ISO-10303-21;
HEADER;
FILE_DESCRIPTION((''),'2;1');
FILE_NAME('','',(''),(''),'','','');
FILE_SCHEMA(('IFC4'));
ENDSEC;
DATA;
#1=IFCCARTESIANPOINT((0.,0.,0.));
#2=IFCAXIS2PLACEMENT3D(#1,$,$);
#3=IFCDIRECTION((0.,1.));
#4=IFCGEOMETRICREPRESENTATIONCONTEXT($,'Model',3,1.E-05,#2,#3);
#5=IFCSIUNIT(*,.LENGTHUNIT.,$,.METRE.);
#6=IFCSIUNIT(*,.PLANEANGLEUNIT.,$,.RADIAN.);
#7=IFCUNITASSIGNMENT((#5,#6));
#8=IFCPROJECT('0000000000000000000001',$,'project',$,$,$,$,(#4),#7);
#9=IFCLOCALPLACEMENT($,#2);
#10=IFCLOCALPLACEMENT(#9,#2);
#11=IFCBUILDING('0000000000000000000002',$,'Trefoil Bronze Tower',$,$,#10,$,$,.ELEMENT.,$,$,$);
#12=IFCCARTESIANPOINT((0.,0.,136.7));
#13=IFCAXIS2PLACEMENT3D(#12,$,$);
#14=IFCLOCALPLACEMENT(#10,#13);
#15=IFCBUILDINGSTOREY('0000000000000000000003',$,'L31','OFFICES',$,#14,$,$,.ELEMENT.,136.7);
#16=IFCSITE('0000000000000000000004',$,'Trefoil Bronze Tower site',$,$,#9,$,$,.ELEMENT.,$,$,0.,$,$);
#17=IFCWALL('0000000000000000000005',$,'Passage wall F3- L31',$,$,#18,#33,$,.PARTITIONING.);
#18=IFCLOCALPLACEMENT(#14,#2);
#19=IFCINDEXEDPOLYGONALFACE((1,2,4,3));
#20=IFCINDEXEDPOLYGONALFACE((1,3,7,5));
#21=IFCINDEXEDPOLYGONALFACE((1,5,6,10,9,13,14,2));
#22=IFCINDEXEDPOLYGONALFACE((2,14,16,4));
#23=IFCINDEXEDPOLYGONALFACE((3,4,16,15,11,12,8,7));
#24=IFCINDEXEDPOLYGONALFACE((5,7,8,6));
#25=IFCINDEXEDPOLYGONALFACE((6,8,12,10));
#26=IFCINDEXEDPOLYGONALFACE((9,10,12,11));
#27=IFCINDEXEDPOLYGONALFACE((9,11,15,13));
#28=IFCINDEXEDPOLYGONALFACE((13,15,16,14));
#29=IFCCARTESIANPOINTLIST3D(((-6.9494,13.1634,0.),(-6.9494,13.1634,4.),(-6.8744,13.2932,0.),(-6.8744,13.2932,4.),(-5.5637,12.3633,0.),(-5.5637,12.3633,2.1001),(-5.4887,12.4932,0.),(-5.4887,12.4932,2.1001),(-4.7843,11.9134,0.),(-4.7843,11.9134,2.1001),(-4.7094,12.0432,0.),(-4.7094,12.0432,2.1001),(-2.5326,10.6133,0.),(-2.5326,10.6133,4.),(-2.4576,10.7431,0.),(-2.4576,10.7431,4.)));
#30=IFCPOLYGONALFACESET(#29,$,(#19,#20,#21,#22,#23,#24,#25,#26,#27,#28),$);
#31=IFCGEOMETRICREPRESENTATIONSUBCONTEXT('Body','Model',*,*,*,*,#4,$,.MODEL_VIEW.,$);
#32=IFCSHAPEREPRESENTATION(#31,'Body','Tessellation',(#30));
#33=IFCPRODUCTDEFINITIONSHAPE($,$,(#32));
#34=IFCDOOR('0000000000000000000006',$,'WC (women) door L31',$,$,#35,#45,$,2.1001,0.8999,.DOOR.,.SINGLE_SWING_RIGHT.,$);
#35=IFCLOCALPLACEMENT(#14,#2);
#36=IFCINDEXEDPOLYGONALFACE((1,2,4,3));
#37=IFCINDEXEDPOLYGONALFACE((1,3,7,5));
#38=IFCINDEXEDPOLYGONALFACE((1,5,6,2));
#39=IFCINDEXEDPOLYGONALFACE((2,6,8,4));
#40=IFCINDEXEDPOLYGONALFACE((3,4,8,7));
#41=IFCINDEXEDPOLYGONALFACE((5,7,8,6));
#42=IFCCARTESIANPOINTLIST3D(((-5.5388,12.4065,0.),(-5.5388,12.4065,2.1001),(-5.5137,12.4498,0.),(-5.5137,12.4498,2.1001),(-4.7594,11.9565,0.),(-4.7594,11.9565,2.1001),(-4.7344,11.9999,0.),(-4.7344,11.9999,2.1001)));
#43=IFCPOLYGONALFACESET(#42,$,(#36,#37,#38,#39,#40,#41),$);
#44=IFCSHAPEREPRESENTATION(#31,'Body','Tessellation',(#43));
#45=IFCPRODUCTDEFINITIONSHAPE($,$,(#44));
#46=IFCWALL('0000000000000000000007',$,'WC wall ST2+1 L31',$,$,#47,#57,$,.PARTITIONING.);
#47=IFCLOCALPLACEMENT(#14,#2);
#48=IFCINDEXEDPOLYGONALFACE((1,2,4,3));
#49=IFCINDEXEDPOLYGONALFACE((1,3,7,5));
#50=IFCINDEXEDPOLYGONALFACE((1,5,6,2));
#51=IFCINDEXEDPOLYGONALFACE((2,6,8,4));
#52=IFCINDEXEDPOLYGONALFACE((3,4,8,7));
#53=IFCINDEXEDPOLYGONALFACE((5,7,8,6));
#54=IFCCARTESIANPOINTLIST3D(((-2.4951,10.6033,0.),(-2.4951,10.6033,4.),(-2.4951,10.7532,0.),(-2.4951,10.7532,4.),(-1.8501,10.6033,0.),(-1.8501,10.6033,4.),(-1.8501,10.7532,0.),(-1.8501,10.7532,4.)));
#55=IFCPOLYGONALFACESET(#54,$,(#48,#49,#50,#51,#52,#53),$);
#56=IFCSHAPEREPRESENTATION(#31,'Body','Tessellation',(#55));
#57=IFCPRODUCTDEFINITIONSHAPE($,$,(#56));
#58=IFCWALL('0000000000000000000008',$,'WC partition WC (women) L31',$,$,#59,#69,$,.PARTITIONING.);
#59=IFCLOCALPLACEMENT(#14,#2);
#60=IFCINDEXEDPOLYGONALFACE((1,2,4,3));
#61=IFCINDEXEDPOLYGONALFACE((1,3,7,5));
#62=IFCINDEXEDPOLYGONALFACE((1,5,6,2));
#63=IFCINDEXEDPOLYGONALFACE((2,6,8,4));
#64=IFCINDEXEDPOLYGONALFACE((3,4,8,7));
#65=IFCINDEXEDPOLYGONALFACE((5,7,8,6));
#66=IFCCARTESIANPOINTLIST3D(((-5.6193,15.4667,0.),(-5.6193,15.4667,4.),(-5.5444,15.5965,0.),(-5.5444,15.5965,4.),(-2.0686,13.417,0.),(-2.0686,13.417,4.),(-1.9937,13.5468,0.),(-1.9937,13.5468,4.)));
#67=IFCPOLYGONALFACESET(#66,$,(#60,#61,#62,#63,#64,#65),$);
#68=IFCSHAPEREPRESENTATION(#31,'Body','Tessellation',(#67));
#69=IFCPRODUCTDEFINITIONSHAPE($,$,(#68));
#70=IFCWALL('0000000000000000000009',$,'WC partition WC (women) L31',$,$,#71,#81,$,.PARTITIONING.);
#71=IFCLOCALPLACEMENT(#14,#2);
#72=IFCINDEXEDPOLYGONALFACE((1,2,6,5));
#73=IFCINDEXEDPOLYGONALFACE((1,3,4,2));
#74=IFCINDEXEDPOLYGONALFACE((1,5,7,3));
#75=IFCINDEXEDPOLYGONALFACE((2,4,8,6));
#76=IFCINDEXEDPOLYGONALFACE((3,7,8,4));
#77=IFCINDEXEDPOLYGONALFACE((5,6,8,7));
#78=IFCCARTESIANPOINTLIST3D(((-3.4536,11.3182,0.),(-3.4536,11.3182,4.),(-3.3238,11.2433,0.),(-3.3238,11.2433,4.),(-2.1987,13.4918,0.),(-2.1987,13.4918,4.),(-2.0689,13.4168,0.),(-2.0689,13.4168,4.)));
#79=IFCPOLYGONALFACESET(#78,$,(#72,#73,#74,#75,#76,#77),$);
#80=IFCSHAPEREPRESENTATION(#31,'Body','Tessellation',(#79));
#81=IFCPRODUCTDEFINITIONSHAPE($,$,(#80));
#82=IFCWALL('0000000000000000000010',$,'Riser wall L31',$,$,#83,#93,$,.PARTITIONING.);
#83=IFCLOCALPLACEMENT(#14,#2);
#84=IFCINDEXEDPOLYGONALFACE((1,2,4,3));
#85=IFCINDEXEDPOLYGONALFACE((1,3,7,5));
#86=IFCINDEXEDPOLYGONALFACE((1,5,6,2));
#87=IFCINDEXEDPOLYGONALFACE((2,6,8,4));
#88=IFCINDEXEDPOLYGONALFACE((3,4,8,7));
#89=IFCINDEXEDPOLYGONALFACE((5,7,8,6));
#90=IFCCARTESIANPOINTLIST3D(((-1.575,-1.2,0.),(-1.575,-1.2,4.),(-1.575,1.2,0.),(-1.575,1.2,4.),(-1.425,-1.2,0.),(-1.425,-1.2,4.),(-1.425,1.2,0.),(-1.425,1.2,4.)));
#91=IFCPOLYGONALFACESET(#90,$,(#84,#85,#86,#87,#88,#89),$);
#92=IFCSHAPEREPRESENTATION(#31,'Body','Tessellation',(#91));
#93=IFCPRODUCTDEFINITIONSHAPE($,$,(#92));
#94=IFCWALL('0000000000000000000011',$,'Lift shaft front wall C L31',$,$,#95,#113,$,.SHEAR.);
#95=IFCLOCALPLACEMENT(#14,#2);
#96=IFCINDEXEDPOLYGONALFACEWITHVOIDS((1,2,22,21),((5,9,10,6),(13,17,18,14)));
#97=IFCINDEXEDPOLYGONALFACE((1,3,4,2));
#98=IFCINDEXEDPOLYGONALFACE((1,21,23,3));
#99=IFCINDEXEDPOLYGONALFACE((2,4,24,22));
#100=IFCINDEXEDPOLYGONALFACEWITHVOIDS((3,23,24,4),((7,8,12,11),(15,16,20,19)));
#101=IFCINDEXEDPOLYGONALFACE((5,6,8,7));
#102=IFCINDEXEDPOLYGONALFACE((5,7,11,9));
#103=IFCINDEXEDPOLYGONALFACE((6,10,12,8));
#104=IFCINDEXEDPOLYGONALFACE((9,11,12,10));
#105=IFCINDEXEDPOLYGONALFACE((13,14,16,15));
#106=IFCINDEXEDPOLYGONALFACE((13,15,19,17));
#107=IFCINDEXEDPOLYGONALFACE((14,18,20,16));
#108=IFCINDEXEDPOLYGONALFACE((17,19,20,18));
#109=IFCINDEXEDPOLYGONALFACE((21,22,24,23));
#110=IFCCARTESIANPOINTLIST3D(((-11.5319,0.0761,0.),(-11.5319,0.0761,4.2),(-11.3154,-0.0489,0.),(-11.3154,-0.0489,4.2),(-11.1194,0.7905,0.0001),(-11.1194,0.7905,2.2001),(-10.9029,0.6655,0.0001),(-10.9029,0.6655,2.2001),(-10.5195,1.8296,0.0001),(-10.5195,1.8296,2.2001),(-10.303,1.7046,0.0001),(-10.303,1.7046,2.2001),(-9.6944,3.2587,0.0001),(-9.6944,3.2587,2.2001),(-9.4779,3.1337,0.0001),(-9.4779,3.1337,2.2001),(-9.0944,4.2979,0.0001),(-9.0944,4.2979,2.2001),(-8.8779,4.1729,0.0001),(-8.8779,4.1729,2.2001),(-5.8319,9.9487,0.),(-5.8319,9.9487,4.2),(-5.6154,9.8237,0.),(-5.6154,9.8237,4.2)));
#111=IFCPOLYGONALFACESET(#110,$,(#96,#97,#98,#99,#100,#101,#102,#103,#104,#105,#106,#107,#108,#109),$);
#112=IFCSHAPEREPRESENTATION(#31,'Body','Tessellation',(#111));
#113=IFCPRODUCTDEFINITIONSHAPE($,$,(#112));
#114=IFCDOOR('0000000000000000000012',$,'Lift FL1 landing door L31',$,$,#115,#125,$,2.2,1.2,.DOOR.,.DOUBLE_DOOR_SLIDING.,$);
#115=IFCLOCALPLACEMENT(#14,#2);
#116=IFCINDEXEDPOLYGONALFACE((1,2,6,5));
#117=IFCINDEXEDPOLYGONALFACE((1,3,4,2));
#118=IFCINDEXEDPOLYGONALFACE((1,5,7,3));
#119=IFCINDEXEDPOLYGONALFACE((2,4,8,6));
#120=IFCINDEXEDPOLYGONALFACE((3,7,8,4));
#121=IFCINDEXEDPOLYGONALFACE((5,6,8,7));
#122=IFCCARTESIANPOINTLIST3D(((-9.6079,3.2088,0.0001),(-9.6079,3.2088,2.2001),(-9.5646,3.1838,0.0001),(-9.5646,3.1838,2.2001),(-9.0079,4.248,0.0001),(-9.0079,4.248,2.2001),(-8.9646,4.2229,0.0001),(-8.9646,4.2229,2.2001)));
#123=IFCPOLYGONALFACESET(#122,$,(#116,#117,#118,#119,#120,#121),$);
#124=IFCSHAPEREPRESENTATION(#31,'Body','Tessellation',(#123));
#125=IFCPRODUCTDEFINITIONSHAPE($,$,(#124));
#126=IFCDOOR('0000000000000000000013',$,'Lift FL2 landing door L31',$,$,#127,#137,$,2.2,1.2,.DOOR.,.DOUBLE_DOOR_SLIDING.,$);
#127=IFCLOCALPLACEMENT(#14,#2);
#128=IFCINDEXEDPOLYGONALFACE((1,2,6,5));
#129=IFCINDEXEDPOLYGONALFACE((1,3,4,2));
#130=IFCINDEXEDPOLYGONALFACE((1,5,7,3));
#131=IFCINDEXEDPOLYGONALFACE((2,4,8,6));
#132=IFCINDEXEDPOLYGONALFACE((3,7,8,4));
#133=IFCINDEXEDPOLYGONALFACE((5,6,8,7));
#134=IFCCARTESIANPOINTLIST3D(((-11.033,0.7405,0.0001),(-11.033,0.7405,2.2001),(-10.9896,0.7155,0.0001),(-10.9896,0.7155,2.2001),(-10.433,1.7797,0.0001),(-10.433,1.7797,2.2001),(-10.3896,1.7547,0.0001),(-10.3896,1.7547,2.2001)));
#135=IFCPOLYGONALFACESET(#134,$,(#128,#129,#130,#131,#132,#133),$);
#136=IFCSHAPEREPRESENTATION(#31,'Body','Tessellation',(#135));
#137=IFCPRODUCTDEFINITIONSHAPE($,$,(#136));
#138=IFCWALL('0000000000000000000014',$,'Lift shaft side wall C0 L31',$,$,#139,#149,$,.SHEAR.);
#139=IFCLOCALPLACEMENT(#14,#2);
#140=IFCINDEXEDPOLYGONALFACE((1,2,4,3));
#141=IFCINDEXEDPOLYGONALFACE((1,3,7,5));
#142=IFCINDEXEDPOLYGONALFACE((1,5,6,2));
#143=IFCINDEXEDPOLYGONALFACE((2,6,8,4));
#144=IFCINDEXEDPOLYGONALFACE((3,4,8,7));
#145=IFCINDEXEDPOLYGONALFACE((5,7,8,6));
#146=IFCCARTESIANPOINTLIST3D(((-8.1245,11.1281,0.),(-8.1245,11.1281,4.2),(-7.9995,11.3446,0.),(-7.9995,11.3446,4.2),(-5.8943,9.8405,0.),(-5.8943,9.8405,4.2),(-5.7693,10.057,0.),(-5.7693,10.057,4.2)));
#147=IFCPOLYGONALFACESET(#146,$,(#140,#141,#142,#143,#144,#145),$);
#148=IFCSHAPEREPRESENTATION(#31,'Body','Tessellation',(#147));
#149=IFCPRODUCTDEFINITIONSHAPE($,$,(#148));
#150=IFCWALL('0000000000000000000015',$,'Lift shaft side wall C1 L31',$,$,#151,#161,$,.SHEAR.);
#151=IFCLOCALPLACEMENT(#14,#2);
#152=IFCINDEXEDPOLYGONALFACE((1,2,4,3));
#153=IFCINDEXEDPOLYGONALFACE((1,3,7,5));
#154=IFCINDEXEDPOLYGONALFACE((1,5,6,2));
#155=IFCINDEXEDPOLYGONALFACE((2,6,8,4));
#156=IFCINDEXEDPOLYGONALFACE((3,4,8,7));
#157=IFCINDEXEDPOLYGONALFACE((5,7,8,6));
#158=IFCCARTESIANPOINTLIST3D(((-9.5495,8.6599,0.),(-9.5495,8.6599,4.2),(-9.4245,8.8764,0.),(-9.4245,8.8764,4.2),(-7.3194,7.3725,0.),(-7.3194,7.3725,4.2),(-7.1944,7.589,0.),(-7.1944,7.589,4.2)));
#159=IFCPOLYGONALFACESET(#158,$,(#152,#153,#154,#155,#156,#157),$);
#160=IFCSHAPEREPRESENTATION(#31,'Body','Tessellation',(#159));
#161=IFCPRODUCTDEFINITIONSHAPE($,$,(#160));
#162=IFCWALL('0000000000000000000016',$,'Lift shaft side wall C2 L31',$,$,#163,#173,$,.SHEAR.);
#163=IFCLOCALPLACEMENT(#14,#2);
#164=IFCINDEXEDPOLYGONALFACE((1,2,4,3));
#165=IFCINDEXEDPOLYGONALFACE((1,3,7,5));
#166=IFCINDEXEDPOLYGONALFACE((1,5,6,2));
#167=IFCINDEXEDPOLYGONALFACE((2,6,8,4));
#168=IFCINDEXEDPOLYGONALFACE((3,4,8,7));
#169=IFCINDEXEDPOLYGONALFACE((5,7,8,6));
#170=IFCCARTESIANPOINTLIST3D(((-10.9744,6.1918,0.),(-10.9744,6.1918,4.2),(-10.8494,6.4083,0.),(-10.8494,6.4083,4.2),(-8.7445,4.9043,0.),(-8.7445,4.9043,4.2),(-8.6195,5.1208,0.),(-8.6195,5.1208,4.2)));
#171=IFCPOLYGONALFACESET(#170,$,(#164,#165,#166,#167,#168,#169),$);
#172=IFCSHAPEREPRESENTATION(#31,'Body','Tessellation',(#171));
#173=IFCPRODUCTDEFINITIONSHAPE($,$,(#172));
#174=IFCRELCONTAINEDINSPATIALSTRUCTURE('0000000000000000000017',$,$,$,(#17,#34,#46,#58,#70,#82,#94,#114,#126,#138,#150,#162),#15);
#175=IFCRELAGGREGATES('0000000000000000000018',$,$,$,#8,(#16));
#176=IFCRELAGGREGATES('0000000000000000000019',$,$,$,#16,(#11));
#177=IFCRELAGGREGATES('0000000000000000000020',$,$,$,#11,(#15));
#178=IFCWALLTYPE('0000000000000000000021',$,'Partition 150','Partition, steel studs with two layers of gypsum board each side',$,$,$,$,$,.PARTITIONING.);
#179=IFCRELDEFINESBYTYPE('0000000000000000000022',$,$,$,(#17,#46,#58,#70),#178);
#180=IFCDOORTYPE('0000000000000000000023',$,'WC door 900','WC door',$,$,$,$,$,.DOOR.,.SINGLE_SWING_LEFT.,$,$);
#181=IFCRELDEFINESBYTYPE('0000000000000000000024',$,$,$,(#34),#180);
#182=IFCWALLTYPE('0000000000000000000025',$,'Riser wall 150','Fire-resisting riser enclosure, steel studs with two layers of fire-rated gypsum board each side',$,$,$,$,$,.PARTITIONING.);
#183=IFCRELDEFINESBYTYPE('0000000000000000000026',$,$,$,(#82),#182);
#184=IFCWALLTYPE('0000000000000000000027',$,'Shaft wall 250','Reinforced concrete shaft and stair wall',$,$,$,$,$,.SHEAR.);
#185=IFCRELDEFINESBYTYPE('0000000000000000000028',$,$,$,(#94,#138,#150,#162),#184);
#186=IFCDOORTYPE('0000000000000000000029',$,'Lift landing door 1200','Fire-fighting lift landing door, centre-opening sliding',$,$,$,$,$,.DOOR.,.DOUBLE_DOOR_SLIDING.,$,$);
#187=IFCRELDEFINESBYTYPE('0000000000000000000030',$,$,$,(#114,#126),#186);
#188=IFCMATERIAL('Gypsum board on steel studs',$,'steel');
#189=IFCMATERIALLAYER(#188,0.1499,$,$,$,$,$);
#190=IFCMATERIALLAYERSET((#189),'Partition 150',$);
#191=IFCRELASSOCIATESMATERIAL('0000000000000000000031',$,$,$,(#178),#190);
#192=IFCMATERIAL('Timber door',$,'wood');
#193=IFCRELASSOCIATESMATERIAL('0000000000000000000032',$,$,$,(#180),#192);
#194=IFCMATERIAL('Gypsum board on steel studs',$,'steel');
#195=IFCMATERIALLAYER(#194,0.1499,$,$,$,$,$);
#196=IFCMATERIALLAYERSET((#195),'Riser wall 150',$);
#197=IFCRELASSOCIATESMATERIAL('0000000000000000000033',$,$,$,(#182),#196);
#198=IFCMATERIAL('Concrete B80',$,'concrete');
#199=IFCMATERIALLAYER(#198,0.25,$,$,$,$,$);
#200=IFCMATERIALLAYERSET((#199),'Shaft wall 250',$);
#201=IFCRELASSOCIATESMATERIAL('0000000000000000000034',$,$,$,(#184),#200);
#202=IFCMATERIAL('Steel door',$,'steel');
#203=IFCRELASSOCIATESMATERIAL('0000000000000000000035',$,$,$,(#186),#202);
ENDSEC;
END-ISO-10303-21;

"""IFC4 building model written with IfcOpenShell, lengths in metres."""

from ifc_helpers import new_model, si_unit, direction, frame, frame_2d, origin, place, context, subcontext, project, spatial, rectangle, extrude, material, layer, layer_set, type_object, element, fill, save


model = new_model("IFC4")

# Units and contexts
model_context = context("Model", 3, precision=1e-05, world=origin(), true_north=direction((0.0, 1.0)))
body_context = subcontext(model_context, "Body", "Model", "MODEL_VIEW")
ifc_project = project(units=[si_unit("LENGTHUNIT", "METRE"), si_unit("PLANEANGLEUNIT", "RADIAN")], contexts=[model_context])

# Site, building, storey
site_placement = place(None, origin())
site = spatial("IfcSite", under=ifc_project, at=site_placement, Name="Trefoil Bronze Tower site", CompositionType="ELEMENT", RefElevation=0.0)
building_placement = place(site_placement, origin())
building = spatial("IfcBuilding", under=site, at=building_placement, Name="Trefoil Bronze Tower", CompositionType="ELEMENT")
storey_placement = place(building_placement, frame((0.0, 0.0, 136.7)))
storey = spatial("IfcBuildingStorey", under=building, at=storey_placement, Name="L31", Description="OFFICES", CompositionType="ELEMENT", Elevation=136.7)

# Wall, opening, door
ifc_material_1 = material(Name="Gypsum board on steel studs", Category="steel")
ifc_layer_1 = layer(ifc_material_1, 0.1499)
ifc_layer_set_1 = layer_set([ifc_layer_1], Name="Partition 150")
wall_type_1 = type_object("IfcWallType", Name="Partition 150", Description="Partition, steel studs with two layers of gypsum board each side", PredefinedType="PARTITIONING", material=ifc_layer_set_1)
wall_1_placement = place(storey_placement, frame((-2.4951, 10.6782, 0.0), z_axis=(0.0, 0.0, 1.0), x_axis=(-0.866022, 0.500006, 0.0)))
wall_1 = element("IfcWall", 1, at=wall_1_placement, inside=storey, type_object=wall_type_1, Name="Passage wall F3- L31", PredefinedType="PARTITIONING", context=body_context, shape_type="SweptSolid", body=[
    extrude(rectangle(XDim=5.1001, YDim=0.1499, at=frame_2d((2.55, 0.0))), origin(), (0.0, 0.0, 1.0), 4.0),
])
opening_1_placement = place(wall_1_placement, frame((2.6001, 0.0, 0.0)))
opening_1 = element("IfcOpeningElement", 2, at=opening_1_placement, cuts=wall_1, PredefinedType="OPENING", context=body_context, shape_type="SweptSolid", body=[
    extrude(rectangle(XDim=0.8999, YDim=2.1001, at=frame_2d((0.45, 1.05))), frame((0.0, 0.085, 0.0), z_axis=(0.0, -1.0, 0.0), x_axis=(1.0, 0.0, 0.0)), (0.0, 0.0, 1.0), 0.1699),
])
ifc_material_2 = material(Name="Timber door", Category="wood")
door_type_1 = type_object("IfcDoorType", Name="WC door 900", Description="WC door", OperationType="SINGLE_SWING_LEFT", PredefinedType="DOOR", material=ifc_material_2)
door_1_placement = place(opening_1_placement, frame((0.8999, 0.0, 0.0), z_axis=(0.0, 0.0, 1.0), x_axis=(-1.0, 0.0, 0.0)))
door_1 = element("IfcDoor", 3, at=door_1_placement, inside=storey, type_object=door_type_1, Name="WC (women) door L31", OperationType="SINGLE_SWING_RIGHT", OverallHeight=2.1001, OverallWidth=0.8999, PredefinedType="DOOR", context=body_context, shape_type="SweptSolid", body=[
    extrude(rectangle(XDim=0.8999, YDim=2.1001, at=frame_2d((0.45, 1.05))), frame((0.0, 0.0249, 0.0), z_axis=(0.0, -1.0, 0.0), x_axis=(1.0, 0.0, 0.0)), (0.0, 0.0, 1.0), 0.05),
])
fill(opening_1, door_1)

# Walls
wall_2_placement = place(storey_placement, frame((-2.4951, 10.6782, 0.0), z_axis=(0.0, 0.0, 1.0), x_axis=(1.0, 0.0, 0.0)))
element("IfcWall", 4, at=wall_2_placement, inside=storey, type_object=wall_type_1, Name="WC wall ST2+1 L31", PredefinedType="PARTITIONING", context=body_context, shape_type="SweptSolid", body=[
    extrude(rectangle(XDim=0.645, YDim=0.1499, at=frame_2d((0.3225, 0.0))), origin(), (0.0, 0.0, 1.0), 4.0),
])
wall_3_placement = place(storey_placement, frame((-2.0312, 13.4819, 0.0), z_axis=(0.0, 0.0, 1.0), x_axis=(-0.866051, 0.499956, 0.0)))
element("IfcWall", 5, at=wall_3_placement, inside=storey, type_object=wall_type_1, Name="WC partition WC (women) L31", PredefinedType="PARTITIONING", context=body_context, shape_type="SweptSolid", body=[
    extrude(rectangle(XDim=4.0999, YDim=0.1499, at=frame_2d((2.0498, 0.0))), origin(), (0.0, 0.0, 1.0), 4.0),
])
wall_4_placement = place(storey_placement, frame((-3.3887, 11.2808, 0.0), z_axis=(0.0, 0.0, 1.0), x_axis=(0.499989, 0.866032, 0.0)))
element("IfcWall", 6, at=wall_4_placement, inside=storey, type_object=wall_type_1, Name="WC partition WC (women) L31", PredefinedType="PARTITIONING", context=body_context, shape_type="SweptSolid", body=[
    extrude(rectangle(XDim=2.5098, YDim=0.1499, at=frame_2d((1.2549, 0.0))), origin(), (0.0, 0.0, 1.0), 4.0),
])
ifc_material_3 = material(Name="Gypsum board on steel studs", Category="steel")
ifc_layer_2 = layer(ifc_material_3, 0.1499)
ifc_layer_set_2 = layer_set([ifc_layer_2], Name="Riser wall 150")
wall_type_2 = type_object("IfcWallType", Name="Riser wall 150", Description="Fire-resisting riser enclosure, steel studs with two layers of fire-rated gypsum board each side", PredefinedType="PARTITIONING", material=ifc_layer_set_2)
wall_5_placement = place(storey_placement, frame((-1.5, 1.2, 0.0), z_axis=(0.0, 0.0, 1.0), x_axis=(0.0, -1.0, 0.0)))
element("IfcWall", 7, at=wall_5_placement, inside=storey, type_object=wall_type_2, Name="Riser wall L31", PredefinedType="PARTITIONING", context=body_context, shape_type="SweptSolid", body=[
    extrude(rectangle(XDim=2.3999, YDim=0.1499, at=frame_2d((1.2, 0.0))), origin(), (0.0, 0.0, 1.0), 4.0),
])

# Wall, openings, doors
ifc_material_4 = material(Name="Concrete B80", Category="concrete")
ifc_layer_3 = layer(ifc_material_4, 0.25)
ifc_layer_set_3 = layer_set([ifc_layer_3], Name="Shaft wall 250")
wall_type_3 = type_object("IfcWallType", Name="Shaft wall 250", Description="Reinforced concrete shaft and stair wall", PredefinedType="SHEAR", material=ifc_layer_set_3)
wall_6_placement = place(storey_placement, frame((-5.7236, 9.8862, 0.0), z_axis=(0.0, 0.0, 1.0), x_axis=(-0.500002, -0.866024, 0.0)))
wall_6 = element("IfcWall", 8, at=wall_6_placement, inside=storey, type_object=wall_type_3, Name="Lift shaft front wall C L31", PredefinedType="SHEAR", context=body_context, shape_type="SweptSolid", body=[
    extrude(rectangle(XDim=11.3999, YDim=0.25, at=frame_2d((5.7, 0.0))), origin(), (0.0, 0.0, 1.0), 4.2),
])
opening_2_placement = place(wall_6_placement, frame((6.5249, 0.0, 0.0)))
opening_2 = element("IfcOpeningElement", 9, at=opening_2_placement, cuts=wall_6, PredefinedType="OPENING", context=body_context, shape_type="SweptSolid", body=[
    extrude(rectangle(XDim=1.2, YDim=2.2, at=frame_2d((0.6001, 1.1001))), frame((0.0, 0.135, 0.0), z_axis=(0.0, -1.0, 0.0), x_axis=(1.0, 0.0, 0.0)), (0.0, 0.0, 1.0), 0.27),
])
opening_3_placement = place(wall_6_placement, frame((9.375, 0.0, 0.0)))
opening_3 = element("IfcOpeningElement", 10, at=opening_3_placement, cuts=wall_6, PredefinedType="OPENING", context=body_context, shape_type="SweptSolid", body=[
    extrude(rectangle(XDim=1.2, YDim=2.2, at=frame_2d((0.6001, 1.1001))), frame((0.0, 0.135, 0.0), z_axis=(0.0, -1.0, 0.0), x_axis=(1.0, 0.0, 0.0)), (0.0, 0.0, 1.0), 0.27),
])
ifc_material_5 = material(Name="Steel door", Category="steel")
door_type_2 = type_object("IfcDoorType", Name="Lift landing door 1200", Description="Fire-fighting lift landing door, centre-opening sliding", OperationType="DOUBLE_DOOR_SLIDING", PredefinedType="DOOR", material=ifc_material_5)
door_2_placement = place(opening_2_placement, origin())
door_2 = element("IfcDoor", 11, at=door_2_placement, inside=storey, type_object=door_type_2, Name="Lift FL1 landing door L31", OperationType="DOUBLE_DOOR_SLIDING", OverallHeight=2.2, OverallWidth=1.2, PredefinedType="DOOR", context=body_context, shape_type="SweptSolid", body=[
    extrude(rectangle(XDim=1.2, YDim=2.2, at=frame_2d((0.6001, 1.1001))), frame((0.0, 0.0249, 0.0), z_axis=(0.0, -1.0, 0.0), x_axis=(1.0, 0.0, 0.0)), (0.0, 0.0, 1.0), 0.05),
])
fill(opening_2, door_2)
door_3_placement = place(opening_3_placement, origin())
door_3 = element("IfcDoor", 12, at=door_3_placement, inside=storey, type_object=door_type_2, Name="Lift FL2 landing door L31", OperationType="DOUBLE_DOOR_SLIDING", OverallHeight=2.2, OverallWidth=1.2, PredefinedType="DOOR", context=body_context, shape_type="SweptSolid", body=[
    extrude(rectangle(XDim=1.2, YDim=2.2, at=frame_2d((0.6001, 1.1001))), frame((0.0, 0.0249, 0.0), z_axis=(0.0, -1.0, 0.0), x_axis=(1.0, 0.0, 0.0)), (0.0, 0.0, 1.0), 0.05),
])
fill(opening_3, door_3)

# Walls
wall_7_placement = place(storey_placement, frame((-5.8318, 9.9487, 0.0), z_axis=(0.0, 0.0, 1.0), x_axis=(-0.866029, 0.499993, 0.0)))
element("IfcWall", 13, at=wall_7_placement, inside=storey, type_object=wall_type_3, Name="Lift shaft side wall C0 L31", PredefinedType="SHEAR", context=body_context, shape_type="SweptSolid", body=[
    extrude(rectangle(XDim=2.5752, YDim=0.25, at=frame_2d((1.2876, 0.0))), origin(), (0.0, 0.0, 1.0), 4.2),
])
for number, where, z_axis, x_axis, name in (
    (14, (-7.2568, 7.4807, 0.0), (0.0, 0.0, 1.0), (-0.866047, 0.499963, 0.0), "Lift shaft side wall C1 L31"),
    (15, (-8.6819, 5.0125, 0.0), (0.0, 0.0, 1.0), (-0.866006, 0.500034, 0.0), "Lift shaft side wall C2 L31"),
):
    element("IfcWall", number, at=place(storey_placement, frame(where, z_axis=z_axis, x_axis=x_axis)), inside=storey, type_object=wall_type_3, Name=name, PredefinedType="SHEAR", context=body_context, shape_type="SweptSolid", body=[
        extrude(rectangle(XDim=2.575, YDim=0.25, at=frame_2d((1.2876, 0.0))), origin(), (0.0, 0.0, 1.0), 4.2),
    ])

save(model, "model.ifc")
